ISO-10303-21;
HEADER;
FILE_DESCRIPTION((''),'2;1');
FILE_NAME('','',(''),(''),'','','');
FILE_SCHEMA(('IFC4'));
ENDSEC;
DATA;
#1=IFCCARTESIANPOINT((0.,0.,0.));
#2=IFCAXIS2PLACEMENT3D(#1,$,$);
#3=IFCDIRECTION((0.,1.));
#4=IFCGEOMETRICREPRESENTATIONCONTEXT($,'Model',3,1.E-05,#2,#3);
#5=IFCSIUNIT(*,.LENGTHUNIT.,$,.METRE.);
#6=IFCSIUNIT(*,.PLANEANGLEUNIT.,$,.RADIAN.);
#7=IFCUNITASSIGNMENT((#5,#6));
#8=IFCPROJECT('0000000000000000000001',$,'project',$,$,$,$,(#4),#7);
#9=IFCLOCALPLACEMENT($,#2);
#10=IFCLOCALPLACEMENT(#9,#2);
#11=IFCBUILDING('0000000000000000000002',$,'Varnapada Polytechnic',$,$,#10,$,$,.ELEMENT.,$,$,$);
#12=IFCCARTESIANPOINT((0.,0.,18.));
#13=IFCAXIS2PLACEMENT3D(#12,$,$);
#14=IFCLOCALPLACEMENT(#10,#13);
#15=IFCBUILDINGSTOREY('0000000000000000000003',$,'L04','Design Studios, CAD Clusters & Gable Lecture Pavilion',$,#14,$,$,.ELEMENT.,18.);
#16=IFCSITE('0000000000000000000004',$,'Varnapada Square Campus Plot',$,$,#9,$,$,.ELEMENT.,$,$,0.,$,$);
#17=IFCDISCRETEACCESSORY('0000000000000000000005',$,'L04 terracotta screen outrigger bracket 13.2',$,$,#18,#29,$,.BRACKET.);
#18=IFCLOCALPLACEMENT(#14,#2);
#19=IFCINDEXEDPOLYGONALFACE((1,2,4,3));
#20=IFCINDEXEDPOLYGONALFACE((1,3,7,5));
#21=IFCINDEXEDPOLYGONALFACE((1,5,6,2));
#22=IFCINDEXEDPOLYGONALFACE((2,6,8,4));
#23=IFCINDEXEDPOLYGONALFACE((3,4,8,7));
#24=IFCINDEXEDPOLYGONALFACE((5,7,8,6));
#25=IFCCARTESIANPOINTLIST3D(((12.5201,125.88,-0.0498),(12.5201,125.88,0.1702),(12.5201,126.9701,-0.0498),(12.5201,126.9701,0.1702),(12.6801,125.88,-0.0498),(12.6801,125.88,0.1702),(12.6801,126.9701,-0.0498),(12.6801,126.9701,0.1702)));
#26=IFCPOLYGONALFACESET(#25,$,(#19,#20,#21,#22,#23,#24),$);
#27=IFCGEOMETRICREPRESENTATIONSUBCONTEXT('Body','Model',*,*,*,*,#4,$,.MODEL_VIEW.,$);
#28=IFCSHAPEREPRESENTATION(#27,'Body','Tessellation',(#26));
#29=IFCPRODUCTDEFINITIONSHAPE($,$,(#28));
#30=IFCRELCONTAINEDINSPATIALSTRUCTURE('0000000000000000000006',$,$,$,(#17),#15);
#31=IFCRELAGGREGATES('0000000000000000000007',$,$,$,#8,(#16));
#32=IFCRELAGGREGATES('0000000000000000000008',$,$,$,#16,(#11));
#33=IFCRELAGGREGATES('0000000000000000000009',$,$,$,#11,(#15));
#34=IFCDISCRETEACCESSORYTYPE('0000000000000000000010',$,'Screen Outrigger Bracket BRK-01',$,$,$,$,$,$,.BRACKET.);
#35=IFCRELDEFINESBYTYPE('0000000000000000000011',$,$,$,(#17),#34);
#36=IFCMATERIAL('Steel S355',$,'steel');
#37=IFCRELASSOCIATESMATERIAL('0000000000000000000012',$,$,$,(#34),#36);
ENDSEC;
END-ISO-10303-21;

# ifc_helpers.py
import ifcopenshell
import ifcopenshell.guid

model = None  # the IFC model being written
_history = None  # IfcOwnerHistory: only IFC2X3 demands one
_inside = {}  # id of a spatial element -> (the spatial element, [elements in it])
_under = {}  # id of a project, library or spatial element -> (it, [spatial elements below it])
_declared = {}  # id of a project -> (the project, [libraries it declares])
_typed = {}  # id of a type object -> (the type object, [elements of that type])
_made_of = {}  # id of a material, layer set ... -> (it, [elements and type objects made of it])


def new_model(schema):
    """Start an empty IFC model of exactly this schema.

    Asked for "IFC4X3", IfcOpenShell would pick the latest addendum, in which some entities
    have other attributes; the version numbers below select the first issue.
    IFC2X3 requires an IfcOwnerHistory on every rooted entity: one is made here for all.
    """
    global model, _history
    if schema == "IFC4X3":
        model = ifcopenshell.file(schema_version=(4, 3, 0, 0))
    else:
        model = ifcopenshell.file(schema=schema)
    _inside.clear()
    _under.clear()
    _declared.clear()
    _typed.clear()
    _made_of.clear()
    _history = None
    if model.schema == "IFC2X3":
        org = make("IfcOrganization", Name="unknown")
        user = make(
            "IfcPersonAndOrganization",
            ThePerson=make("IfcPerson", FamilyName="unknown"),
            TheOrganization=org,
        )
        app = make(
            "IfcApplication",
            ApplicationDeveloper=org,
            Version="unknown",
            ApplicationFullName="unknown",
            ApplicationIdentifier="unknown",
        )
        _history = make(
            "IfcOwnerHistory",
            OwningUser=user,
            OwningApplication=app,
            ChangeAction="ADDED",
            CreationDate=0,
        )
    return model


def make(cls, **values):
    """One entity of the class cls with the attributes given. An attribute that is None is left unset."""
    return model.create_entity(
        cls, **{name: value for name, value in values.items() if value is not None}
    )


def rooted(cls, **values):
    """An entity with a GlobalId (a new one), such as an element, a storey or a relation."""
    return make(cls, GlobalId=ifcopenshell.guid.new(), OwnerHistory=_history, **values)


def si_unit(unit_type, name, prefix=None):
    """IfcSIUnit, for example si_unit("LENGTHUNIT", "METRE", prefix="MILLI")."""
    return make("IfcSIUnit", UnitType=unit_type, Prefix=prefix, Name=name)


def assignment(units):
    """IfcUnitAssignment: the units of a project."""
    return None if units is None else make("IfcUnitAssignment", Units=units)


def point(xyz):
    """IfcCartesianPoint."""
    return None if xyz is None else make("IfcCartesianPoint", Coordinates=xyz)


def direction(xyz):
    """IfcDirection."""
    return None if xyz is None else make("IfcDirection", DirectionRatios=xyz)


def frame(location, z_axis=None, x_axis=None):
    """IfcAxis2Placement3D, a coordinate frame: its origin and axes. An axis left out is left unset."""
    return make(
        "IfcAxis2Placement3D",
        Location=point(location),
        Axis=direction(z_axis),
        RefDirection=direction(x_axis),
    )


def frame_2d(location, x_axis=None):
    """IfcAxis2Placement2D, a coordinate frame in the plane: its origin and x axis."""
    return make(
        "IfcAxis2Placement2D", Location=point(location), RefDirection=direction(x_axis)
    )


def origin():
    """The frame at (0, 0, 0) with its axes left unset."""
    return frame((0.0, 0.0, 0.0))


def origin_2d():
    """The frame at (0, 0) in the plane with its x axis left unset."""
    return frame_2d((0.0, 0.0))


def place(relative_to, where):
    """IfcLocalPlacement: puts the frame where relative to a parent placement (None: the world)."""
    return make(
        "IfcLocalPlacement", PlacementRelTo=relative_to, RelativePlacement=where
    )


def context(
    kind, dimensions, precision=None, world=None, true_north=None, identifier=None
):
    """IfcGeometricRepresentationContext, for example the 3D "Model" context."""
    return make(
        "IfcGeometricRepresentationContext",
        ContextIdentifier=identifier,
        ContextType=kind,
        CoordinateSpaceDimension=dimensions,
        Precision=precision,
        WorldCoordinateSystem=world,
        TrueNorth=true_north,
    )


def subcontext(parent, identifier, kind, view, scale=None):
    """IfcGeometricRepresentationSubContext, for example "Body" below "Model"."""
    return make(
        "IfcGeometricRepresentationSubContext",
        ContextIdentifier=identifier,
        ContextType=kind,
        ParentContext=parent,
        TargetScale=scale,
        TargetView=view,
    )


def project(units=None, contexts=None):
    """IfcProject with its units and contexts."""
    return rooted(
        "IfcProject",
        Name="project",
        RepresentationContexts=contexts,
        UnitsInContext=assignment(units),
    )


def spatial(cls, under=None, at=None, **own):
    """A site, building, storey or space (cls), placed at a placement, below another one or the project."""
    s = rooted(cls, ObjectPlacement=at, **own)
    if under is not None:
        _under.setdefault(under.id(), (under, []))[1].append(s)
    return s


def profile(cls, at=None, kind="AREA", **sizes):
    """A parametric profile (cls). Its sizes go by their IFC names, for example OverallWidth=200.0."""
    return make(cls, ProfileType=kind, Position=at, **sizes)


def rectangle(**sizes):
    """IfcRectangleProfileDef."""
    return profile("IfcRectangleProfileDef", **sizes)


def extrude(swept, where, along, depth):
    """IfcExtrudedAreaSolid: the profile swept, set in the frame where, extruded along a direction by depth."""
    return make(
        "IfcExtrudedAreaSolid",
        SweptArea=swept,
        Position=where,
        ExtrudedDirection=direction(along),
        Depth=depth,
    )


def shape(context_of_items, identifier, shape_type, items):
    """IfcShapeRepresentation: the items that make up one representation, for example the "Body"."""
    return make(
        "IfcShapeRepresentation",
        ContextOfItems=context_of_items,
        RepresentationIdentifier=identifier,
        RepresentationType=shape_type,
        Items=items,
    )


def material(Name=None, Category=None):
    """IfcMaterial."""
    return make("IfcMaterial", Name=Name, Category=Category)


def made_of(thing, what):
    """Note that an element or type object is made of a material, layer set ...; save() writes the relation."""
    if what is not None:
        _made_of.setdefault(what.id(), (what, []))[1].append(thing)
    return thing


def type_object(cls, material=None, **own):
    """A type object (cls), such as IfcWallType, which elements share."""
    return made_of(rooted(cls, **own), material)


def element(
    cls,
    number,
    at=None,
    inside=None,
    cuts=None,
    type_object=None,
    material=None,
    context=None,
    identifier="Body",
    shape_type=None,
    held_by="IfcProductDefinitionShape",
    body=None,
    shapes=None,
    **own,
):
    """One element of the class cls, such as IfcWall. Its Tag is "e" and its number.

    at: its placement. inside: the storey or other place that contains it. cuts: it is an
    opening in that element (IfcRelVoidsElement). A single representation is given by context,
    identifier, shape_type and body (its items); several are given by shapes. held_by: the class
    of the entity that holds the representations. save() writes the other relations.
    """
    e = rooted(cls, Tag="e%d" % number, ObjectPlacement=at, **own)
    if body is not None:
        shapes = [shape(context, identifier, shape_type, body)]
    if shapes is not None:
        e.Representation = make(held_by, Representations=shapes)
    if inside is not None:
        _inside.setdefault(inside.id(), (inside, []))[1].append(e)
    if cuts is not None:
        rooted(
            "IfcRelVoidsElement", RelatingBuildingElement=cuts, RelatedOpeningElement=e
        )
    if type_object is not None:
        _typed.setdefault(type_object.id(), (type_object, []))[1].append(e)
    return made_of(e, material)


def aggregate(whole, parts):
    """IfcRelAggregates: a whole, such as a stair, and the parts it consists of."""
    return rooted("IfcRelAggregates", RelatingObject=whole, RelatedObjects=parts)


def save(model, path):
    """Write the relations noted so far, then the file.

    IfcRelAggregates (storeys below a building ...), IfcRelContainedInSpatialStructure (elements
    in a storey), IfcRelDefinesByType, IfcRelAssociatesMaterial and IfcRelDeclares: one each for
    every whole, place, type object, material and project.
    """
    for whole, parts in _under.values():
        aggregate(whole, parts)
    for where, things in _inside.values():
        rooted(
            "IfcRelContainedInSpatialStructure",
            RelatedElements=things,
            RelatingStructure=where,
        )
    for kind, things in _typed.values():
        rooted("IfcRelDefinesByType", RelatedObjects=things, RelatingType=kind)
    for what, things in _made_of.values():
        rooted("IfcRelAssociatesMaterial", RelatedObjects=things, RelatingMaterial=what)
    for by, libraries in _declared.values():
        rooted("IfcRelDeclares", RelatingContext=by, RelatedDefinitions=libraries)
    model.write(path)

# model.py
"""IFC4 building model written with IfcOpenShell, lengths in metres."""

from ifc_helpers import new_model, si_unit, direction, frame, origin, origin_2d, place, context, subcontext, project, spatial, rectangle, extrude, material, type_object, element, save


model = new_model("IFC4")

# Units and contexts
model_context = context("Model", 3, precision=1e-05, world=origin(), true_north=direction((0.0, 1.0)))
body_context = subcontext(model_context, "Body", "Model", "MODEL_VIEW")
ifc_project = project(units=[si_unit("LENGTHUNIT", "METRE"), si_unit("PLANEANGLEUNIT", "RADIAN")], contexts=[model_context])

# Site, building, storey
site_placement = place(None, origin())
site = spatial("IfcSite", under=ifc_project, at=site_placement, Name="Varnapada Square Campus Plot", CompositionType="ELEMENT", RefElevation=0.0)
building_placement = place(site_placement, origin())
building = spatial("IfcBuilding", under=site, at=building_placement, Name="Varnapada Polytechnic", CompositionType="ELEMENT")
storey_placement = place(building_placement, frame((0.0, 0.0, 18.0)))
storey = spatial("IfcBuildingStorey", under=building, at=storey_placement, Name="L04", Description="Design Studios, CAD Clusters & Gable Lecture Pavilion", CompositionType="ELEMENT", Elevation=18.0)

# Discrete accessory
ifc_material_1 = material(Name="Steel S355", Category="steel")
discrete_accessory_type = type_object("IfcDiscreteAccessoryType", Name="Screen Outrigger Bracket BRK-01", PredefinedType="BRACKET", material=ifc_material_1)
for number, where, z_axis, x_axis, name in (
    (1, (12.6001, 126.425, -0.0498), (0.0, 0.0, 1.0), (1.0, 0.0, 0.0), "L04 terracotta screen outrigger bracket 13.2"),
):
    element("IfcDiscreteAccessory", number, at=place(storey_placement, frame(where, z_axis=z_axis, x_axis=x_axis)), inside=storey, type_object=discrete_accessory_type, Name=name, PredefinedType="BRACKET", context=body_context, shape_type="SweptSolid", body=[
        extrude(rectangle(XDim=0.1599, YDim=1.0901, at=origin_2d()), origin(), (0.0, 0.0, 1.0), 0.22),
    ])

save(model, "model.ifc")
